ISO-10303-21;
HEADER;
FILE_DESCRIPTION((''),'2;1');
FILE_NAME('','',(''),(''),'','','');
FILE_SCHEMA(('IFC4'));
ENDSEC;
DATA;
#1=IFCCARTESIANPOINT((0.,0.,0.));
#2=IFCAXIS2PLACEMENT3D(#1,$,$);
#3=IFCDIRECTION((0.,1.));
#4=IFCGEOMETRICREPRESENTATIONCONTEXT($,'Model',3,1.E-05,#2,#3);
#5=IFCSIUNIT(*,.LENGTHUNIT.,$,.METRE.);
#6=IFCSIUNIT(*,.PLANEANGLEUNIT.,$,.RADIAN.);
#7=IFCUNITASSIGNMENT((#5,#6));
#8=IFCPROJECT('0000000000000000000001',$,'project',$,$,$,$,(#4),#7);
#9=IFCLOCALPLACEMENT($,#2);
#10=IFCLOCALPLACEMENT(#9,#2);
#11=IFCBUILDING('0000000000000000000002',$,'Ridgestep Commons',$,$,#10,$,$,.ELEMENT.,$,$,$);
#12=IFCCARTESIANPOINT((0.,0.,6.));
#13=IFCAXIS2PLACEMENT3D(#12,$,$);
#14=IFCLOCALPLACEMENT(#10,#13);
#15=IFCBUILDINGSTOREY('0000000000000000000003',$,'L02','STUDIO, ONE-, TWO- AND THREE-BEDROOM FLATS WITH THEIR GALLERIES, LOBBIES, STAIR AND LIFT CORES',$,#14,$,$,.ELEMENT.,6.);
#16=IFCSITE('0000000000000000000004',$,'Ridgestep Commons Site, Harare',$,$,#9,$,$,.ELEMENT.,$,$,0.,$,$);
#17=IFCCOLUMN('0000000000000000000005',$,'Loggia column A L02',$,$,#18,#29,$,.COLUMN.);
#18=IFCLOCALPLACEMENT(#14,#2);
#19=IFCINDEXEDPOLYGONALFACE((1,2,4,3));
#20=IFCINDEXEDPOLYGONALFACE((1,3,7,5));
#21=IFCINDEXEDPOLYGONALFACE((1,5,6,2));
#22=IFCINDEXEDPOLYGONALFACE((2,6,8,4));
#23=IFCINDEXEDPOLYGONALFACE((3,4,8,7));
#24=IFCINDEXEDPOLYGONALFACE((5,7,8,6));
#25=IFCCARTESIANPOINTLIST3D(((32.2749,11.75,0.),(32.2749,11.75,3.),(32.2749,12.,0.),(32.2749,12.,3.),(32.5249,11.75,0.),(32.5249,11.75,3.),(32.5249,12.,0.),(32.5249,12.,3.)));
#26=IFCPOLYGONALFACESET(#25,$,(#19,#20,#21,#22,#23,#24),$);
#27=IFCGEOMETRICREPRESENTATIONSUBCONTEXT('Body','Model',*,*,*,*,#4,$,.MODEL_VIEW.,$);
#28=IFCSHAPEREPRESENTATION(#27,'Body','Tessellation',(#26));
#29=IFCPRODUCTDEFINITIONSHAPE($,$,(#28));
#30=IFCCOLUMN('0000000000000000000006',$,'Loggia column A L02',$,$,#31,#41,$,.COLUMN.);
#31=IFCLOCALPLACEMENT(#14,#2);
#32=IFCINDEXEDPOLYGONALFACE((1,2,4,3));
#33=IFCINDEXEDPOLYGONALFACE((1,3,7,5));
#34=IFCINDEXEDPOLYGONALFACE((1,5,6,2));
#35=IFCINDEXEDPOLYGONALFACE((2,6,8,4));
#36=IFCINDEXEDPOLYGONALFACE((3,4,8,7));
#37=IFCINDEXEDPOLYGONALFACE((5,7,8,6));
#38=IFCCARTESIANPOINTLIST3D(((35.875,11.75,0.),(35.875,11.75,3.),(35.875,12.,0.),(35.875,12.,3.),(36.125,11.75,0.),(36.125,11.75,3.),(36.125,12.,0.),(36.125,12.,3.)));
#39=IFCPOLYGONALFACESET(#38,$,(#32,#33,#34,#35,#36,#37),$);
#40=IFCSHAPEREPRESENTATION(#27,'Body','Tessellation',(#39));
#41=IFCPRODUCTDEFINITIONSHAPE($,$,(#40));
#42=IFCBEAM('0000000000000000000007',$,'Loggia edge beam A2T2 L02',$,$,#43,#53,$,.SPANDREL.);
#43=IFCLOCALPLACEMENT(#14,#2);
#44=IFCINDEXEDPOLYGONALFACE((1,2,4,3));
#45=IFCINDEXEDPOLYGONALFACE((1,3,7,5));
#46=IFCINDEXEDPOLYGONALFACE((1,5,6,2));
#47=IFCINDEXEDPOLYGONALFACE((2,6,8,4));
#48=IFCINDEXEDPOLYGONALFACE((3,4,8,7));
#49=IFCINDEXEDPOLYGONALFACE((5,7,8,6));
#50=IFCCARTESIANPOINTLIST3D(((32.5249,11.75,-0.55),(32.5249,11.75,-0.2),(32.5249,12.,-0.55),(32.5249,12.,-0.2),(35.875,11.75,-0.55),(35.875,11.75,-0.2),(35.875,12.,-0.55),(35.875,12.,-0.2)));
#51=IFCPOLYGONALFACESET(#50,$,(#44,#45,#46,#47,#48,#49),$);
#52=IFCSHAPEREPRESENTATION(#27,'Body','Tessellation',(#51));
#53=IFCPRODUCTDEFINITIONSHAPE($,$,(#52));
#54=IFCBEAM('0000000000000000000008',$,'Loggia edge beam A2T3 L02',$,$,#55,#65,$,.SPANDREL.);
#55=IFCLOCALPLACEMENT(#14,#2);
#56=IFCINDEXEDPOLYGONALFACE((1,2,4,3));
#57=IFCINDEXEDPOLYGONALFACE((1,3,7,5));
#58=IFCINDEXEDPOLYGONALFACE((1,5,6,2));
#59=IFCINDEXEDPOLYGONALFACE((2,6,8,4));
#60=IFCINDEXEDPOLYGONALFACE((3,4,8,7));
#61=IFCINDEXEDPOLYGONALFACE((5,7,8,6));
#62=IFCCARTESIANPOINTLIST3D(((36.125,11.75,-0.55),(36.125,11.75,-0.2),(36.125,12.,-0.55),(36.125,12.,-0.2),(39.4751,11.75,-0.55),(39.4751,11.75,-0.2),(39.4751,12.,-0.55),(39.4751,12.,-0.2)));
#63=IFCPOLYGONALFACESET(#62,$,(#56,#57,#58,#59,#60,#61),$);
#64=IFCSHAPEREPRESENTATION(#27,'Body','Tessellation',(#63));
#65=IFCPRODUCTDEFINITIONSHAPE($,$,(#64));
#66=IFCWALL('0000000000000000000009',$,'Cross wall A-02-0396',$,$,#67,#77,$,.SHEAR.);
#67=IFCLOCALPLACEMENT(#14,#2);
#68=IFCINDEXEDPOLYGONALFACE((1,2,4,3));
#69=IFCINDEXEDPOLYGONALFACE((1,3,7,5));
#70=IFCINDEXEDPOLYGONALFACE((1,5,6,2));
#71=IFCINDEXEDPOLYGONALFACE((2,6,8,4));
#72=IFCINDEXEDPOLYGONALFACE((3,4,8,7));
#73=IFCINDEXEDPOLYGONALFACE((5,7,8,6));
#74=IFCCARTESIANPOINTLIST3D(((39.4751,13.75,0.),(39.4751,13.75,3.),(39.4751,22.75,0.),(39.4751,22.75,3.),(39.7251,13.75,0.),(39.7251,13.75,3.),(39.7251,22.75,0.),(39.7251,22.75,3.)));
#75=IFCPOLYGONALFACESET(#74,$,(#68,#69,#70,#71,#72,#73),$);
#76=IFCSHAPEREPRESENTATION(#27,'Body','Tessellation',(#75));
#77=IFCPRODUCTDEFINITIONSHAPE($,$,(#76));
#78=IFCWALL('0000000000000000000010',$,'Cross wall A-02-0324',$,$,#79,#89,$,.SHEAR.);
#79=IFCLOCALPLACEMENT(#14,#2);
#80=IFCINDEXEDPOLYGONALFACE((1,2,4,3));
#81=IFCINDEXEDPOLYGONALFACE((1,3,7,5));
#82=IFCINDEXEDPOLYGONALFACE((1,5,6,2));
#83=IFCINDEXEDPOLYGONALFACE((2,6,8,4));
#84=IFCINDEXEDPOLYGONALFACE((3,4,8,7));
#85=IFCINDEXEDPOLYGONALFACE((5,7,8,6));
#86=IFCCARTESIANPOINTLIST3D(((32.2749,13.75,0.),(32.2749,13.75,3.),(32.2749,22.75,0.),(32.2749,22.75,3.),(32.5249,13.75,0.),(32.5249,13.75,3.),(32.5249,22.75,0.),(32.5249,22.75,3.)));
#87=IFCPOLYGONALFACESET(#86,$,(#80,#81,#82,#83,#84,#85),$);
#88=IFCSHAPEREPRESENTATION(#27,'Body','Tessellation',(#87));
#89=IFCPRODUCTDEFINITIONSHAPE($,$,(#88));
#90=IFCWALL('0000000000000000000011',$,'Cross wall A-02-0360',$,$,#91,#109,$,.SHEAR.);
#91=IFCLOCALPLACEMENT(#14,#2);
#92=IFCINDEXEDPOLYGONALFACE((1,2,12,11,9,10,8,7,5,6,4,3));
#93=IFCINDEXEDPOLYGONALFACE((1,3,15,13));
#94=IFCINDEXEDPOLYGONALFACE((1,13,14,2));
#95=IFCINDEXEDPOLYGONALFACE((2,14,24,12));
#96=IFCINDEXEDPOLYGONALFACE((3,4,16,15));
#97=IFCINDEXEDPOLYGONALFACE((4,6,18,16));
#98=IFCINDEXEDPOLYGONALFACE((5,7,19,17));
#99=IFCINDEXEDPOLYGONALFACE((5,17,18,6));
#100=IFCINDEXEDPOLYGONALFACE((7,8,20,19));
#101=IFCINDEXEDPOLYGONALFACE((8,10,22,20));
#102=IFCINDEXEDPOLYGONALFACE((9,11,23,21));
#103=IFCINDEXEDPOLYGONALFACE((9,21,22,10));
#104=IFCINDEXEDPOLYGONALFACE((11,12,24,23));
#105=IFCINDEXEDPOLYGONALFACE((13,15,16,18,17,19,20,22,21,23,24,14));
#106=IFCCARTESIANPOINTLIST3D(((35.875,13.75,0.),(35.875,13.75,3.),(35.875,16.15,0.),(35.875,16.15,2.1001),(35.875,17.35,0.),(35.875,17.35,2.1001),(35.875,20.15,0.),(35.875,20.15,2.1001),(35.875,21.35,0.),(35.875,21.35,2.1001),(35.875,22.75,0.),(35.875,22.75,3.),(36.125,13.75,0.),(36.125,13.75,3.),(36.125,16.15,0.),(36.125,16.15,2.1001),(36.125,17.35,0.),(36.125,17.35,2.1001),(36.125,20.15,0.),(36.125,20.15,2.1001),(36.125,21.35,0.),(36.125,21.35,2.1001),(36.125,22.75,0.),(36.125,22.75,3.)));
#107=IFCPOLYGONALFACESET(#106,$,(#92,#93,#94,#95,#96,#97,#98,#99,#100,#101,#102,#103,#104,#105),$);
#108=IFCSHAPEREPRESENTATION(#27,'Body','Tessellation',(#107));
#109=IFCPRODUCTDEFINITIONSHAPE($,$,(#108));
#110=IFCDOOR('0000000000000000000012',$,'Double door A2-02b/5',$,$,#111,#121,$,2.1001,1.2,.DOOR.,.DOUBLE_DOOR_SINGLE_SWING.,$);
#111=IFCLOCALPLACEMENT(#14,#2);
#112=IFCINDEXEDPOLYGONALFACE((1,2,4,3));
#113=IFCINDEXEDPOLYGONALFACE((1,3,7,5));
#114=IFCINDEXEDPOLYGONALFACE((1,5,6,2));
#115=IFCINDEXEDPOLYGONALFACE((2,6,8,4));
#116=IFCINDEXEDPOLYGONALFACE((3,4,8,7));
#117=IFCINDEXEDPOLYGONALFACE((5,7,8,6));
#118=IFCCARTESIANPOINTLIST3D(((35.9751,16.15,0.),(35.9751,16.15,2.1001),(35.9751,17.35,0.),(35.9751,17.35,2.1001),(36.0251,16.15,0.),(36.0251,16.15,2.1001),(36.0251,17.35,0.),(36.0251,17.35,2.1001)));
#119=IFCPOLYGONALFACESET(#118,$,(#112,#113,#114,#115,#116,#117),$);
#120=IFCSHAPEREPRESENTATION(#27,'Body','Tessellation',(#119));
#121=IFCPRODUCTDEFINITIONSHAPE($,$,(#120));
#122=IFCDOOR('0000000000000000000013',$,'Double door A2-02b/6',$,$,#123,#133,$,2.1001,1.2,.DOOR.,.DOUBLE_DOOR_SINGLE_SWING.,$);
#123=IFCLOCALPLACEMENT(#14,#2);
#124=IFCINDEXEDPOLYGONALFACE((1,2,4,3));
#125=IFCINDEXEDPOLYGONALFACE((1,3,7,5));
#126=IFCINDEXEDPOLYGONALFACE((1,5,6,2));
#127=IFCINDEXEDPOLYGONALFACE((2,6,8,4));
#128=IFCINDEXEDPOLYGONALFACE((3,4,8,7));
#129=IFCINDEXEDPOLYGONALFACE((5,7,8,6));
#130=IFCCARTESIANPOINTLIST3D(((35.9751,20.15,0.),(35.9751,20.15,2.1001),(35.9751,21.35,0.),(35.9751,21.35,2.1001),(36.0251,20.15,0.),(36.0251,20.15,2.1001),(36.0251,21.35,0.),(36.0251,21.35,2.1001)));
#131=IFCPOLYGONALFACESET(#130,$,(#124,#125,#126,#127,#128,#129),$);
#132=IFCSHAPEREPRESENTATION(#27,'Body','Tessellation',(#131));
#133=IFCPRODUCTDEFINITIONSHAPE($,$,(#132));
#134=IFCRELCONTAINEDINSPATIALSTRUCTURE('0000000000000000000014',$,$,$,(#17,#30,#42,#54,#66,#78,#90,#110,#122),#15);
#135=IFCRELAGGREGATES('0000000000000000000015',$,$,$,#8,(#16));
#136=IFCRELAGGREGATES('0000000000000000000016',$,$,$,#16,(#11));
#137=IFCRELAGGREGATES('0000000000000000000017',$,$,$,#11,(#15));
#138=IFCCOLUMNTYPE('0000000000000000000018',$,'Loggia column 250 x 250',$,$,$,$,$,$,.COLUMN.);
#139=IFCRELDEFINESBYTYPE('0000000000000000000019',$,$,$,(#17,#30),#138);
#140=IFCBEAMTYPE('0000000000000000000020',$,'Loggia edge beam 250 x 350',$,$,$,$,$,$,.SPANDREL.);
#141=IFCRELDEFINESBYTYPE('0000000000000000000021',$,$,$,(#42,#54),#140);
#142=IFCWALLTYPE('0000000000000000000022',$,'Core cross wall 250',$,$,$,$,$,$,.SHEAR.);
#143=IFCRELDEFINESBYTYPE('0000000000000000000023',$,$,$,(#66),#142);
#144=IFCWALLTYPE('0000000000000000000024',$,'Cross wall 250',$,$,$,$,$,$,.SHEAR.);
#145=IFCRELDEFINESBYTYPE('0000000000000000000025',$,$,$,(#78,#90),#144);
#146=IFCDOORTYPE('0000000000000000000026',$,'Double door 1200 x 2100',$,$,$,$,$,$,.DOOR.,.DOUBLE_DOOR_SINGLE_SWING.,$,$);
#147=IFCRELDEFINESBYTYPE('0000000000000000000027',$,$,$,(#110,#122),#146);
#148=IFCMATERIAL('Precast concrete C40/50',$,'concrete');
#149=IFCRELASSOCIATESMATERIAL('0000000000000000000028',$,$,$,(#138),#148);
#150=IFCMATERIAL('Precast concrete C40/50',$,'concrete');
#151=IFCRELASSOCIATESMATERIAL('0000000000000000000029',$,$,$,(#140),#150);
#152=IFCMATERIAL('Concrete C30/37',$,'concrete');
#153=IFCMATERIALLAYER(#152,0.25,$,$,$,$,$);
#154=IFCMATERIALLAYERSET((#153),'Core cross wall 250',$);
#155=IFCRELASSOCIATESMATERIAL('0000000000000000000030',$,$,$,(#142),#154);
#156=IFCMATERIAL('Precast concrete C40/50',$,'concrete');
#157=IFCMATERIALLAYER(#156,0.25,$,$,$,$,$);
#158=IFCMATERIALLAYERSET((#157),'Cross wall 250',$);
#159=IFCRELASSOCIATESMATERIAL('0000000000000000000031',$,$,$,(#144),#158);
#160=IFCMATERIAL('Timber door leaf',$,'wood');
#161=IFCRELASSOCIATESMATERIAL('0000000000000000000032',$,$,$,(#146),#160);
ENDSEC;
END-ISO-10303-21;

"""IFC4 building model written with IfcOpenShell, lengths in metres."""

from ifc_helpers import new_model, si_unit, direction, frame, frame_2d, origin, origin_2d, place, context, subcontext, project, spatial, rectangle, extrude, material, layer, layer_set, material_profile, profile_set, type_object, element, fill, save


model = new_model("IFC4")

# Units and contexts
model_context = context("Model", 3, precision=1e-05, world=origin(), true_north=direction((0.0, 1.0)))
body_context = subcontext(model_context, "Body", "Model", "MODEL_VIEW")
ifc_project = project(units=[si_unit("LENGTHUNIT", "METRE"), si_unit("PLANEANGLEUNIT", "RADIAN")], contexts=[model_context])

# Site, building, storey
site_placement = place(None, origin())
site = spatial("IfcSite", under=ifc_project, at=site_placement, Name="Ridgestep Commons Site, Harare", CompositionType="ELEMENT", RefElevation=0.0)
building_placement = place(site_placement, origin())
building = spatial("IfcBuilding", under=site, at=building_placement, Name="Ridgestep Commons", CompositionType="ELEMENT")
storey_placement = place(building_placement, frame((0.0, 0.0, 6.0)))
storey = spatial("IfcBuildingStorey", under=building, at=storey_placement, Name="L02", Description="STUDIO, ONE-, TWO- AND THREE-BEDROOM FLATS WITH THEIR GALLERIES, LOBBIES, STAIR AND LIFT CORES", CompositionType="ELEMENT", Elevation=6.0)

# Columns
ifc_material_1 = material(Name="Precast concrete C40/50", Category="concrete")
ifc_material_profile_1 = material_profile(ifc_material_1, rectangle(XDim=0.25, YDim=0.25, at=origin_2d()), Name="PC 250x250")
ifc_profile_set_1 = profile_set([ifc_material_profile_1], Name="Precast concrete C40/50")
column_type = type_object("IfcColumnType", Name="Loggia column 250 x 250", PredefinedType="COLUMN", material=ifc_profile_set_1)
for number, where, z_axis, x_axis, name in (
    (1, (32.3999, 11.875, 0.0), (0.0, 0.0, 1.0), (1.0, 0.0, 0.0), "Loggia column A L02"),
    (2, (36.0, 11.875, 0.0), (0.0, 0.0, 1.0), (1.0, 0.0, 0.0), "Loggia column A L02"),
):
    element("IfcColumn", number, at=place(storey_placement, frame(where, z_axis=z_axis, x_axis=x_axis)), inside=storey, type_object=column_type, Name=name, PredefinedType="COLUMN", context=body_context, shape_type="SweptSolid", body=[
        extrude(rectangle(XDim=0.25, YDim=0.25, at=origin_2d()), origin(), (0.0, 0.0, 1.0), 3.0),
    ])

# Beams
ifc_material_2 = material(Name="Precast concrete C40/50", Category="concrete")
ifc_material_profile_2 = material_profile(ifc_material_2, rectangle(XDim=0.25, YDim=0.3501, at=origin_2d()), Name="PC 250x350")
ifc_profile_set_2 = profile_set([ifc_material_profile_2], Name="Precast concrete C40/50")
beam_type = type_object("IfcBeamType", Name="Loggia edge beam 250 x 350", PredefinedType="SPANDREL", material=ifc_profile_set_2)
for number, where, z_axis, x_axis, name in (
    (3, (32.5249, 11.875, -0.375), (1.0, 0.0, 0.0), (0.0, 1.0, 0.0), "Loggia edge beam A2T2 L02"),
    (4, (36.125, 11.875, -0.375), (1.0, 0.0, 0.0), (0.0, 1.0, 0.0), "Loggia edge beam A2T3 L02"),
):
    element("IfcBeam", number, at=place(storey_placement, frame(where, z_axis=z_axis, x_axis=x_axis)), inside=storey, type_object=beam_type, Name=name, PredefinedType="SPANDREL", context=body_context, shape_type="SweptSolid", body=[
        extrude(rectangle(XDim=0.25, YDim=0.3501, at=origin_2d()), origin(), (0.0, 0.0, 1.0), 3.3501),
    ])

# Walls
ifc_material_3 = material(Name="Concrete C30/37", Category="concrete")
ifc_layer_1 = layer(ifc_material_3, 0.25)
ifc_layer_set_1 = layer_set([ifc_layer_1], Name="Core cross wall 250")
wall_type_1 = type_object("IfcWallType", Name="Core cross wall 250", PredefinedType="SHEAR", material=ifc_layer_set_1)
wall_1_placement = place(storey_placement, frame((39.6001, 13.75, 0.0), z_axis=(0.0, 0.0, 1.0), x_axis=(0.0, 1.0, 0.0)))
element("IfcWall", 5, at=wall_1_placement, inside=storey, type_object=wall_type_1, Name="Cross wall A-02-0396", PredefinedType="SHEAR", context=body_context, shape_type="SweptSolid", body=[
    extrude(rectangle(XDim=9.0, YDim=0.25, at=frame_2d((4.5, 0.0))), origin(), (0.0, 0.0, 1.0), 3.0),
])
ifc_material_4 = material(Name="Precast concrete C40/50", Category="concrete")
ifc_layer_2 = layer(ifc_material_4, 0.25)
ifc_layer_set_2 = layer_set([ifc_layer_2], Name="Cross wall 250")
wall_type_2 = type_object("IfcWallType", Name="Cross wall 250", PredefinedType="SHEAR", material=ifc_layer_set_2)
wall_2_placement = place(storey_placement, frame((32.3999, 13.75, 0.0), z_axis=(0.0, 0.0, 1.0), x_axis=(0.0, 1.0, 0.0)))
element("IfcWall", 6, at=wall_2_placement, inside=storey, type_object=wall_type_2, Name="Cross wall A-02-0324", PredefinedType="SHEAR", context=body_context, shape_type="SweptSolid", body=[
    extrude(rectangle(XDim=9.0, YDim=0.25, at=frame_2d((4.5, 0.0))), origin(), (0.0, 0.0, 1.0), 3.0),
])

# Wall, openings, doors
wall_3_placement = place(storey_placement, frame((36.0, 13.75, 0.0), z_axis=(0.0, 0.0, 1.0), x_axis=(0.0, 1.0, 0.0)))
wall_3 = element("IfcWall", 7, at=wall_3_placement, inside=storey, type_object=wall_type_2, Name="Cross wall A-02-0360", PredefinedType="SHEAR", context=body_context, shape_type="SweptSolid", body=[
    extrude(rectangle(XDim=9.0, YDim=0.25, at=frame_2d((4.5, 0.0))), origin(), (0.0, 0.0, 1.0), 3.0),
])
opening_1_placement = place(wall_3_placement, frame((2.3999, 0.0, 0.0)))
opening_1 = element("IfcOpeningElement", 8, at=opening_1_placement, cuts=wall_3, PredefinedType="OPENING", context=body_context, shape_type="SweptSolid", body=[
    extrude(rectangle(XDim=1.2, YDim=2.1001, at=frame_2d((0.6001, 1.05))), frame((0.0, 0.135, 0.0), z_axis=(0.0, -1.0, 0.0), x_axis=(1.0, 0.0, 0.0)), (0.0, 0.0, 1.0), 0.27),
])
opening_2_placement = place(wall_3_placement, frame((6.3999, 0.0, 0.0)))
opening_2 = element("IfcOpeningElement", 9, at=opening_2_placement, cuts=wall_3, PredefinedType="OPENING", context=body_context, shape_type="SweptSolid", body=[
    extrude(rectangle(XDim=1.2, YDim=2.1001, at=frame_2d((0.6001, 1.05))), frame((0.0, 0.135, 0.0), z_axis=(0.0, -1.0, 0.0), x_axis=(1.0, 0.0, 0.0)), (0.0, 0.0, 1.0), 0.27),
])
ifc_material_5 = material(Name="Timber door leaf", Category="wood")
door_type_1 = type_object("IfcDoorType", Name="Double door 1200 x 2100", OperationType="DOUBLE_DOOR_SINGLE_SWING", PredefinedType="DOOR", material=ifc_material_5)
door_1_placement = place(opening_1_placement, origin())
door_1 = element("IfcDoor", 10, at=door_1_placement, inside=storey, type_object=door_type_1, Name="Double door A2-02b/5", OperationType="DOUBLE_DOOR_SINGLE_SWING", OverallHeight=2.1001, OverallWidth=1.2, PredefinedType="DOOR", context=body_context, shape_type="SweptSolid", body=[
    extrude(rectangle(XDim=1.2, YDim=2.1001, at=frame_2d((0.6001, 1.05))), frame((0.0, 0.0249, 0.0), z_axis=(0.0, -1.0, 0.0), x_axis=(1.0, 0.0, 0.0)), (0.0, 0.0, 1.0), 0.05),
])
fill(opening_1, door_1)
door_2_placement = place(opening_2_placement, origin())
door_2 = element("IfcDoor", 11, at=door_2_placement, inside=storey, type_object=door_type_1, Name="Double door A2-02b/6", OperationType="DOUBLE_DOOR_SINGLE_SWING", OverallHeight=2.1001, OverallWidth=1.2, PredefinedType="DOOR", context=body_context, shape_type="SweptSolid", body=[
    extrude(rectangle(XDim=1.2, YDim=2.1001, at=frame_2d((0.6001, 1.05))), frame((0.0, 0.0249, 0.0), z_axis=(0.0, -1.0, 0.0), x_axis=(1.0, 0.0, 0.0)), (0.0, 0.0, 1.0), 0.05),
])
fill(opening_2, door_2)

save(model, "model.ifc")
